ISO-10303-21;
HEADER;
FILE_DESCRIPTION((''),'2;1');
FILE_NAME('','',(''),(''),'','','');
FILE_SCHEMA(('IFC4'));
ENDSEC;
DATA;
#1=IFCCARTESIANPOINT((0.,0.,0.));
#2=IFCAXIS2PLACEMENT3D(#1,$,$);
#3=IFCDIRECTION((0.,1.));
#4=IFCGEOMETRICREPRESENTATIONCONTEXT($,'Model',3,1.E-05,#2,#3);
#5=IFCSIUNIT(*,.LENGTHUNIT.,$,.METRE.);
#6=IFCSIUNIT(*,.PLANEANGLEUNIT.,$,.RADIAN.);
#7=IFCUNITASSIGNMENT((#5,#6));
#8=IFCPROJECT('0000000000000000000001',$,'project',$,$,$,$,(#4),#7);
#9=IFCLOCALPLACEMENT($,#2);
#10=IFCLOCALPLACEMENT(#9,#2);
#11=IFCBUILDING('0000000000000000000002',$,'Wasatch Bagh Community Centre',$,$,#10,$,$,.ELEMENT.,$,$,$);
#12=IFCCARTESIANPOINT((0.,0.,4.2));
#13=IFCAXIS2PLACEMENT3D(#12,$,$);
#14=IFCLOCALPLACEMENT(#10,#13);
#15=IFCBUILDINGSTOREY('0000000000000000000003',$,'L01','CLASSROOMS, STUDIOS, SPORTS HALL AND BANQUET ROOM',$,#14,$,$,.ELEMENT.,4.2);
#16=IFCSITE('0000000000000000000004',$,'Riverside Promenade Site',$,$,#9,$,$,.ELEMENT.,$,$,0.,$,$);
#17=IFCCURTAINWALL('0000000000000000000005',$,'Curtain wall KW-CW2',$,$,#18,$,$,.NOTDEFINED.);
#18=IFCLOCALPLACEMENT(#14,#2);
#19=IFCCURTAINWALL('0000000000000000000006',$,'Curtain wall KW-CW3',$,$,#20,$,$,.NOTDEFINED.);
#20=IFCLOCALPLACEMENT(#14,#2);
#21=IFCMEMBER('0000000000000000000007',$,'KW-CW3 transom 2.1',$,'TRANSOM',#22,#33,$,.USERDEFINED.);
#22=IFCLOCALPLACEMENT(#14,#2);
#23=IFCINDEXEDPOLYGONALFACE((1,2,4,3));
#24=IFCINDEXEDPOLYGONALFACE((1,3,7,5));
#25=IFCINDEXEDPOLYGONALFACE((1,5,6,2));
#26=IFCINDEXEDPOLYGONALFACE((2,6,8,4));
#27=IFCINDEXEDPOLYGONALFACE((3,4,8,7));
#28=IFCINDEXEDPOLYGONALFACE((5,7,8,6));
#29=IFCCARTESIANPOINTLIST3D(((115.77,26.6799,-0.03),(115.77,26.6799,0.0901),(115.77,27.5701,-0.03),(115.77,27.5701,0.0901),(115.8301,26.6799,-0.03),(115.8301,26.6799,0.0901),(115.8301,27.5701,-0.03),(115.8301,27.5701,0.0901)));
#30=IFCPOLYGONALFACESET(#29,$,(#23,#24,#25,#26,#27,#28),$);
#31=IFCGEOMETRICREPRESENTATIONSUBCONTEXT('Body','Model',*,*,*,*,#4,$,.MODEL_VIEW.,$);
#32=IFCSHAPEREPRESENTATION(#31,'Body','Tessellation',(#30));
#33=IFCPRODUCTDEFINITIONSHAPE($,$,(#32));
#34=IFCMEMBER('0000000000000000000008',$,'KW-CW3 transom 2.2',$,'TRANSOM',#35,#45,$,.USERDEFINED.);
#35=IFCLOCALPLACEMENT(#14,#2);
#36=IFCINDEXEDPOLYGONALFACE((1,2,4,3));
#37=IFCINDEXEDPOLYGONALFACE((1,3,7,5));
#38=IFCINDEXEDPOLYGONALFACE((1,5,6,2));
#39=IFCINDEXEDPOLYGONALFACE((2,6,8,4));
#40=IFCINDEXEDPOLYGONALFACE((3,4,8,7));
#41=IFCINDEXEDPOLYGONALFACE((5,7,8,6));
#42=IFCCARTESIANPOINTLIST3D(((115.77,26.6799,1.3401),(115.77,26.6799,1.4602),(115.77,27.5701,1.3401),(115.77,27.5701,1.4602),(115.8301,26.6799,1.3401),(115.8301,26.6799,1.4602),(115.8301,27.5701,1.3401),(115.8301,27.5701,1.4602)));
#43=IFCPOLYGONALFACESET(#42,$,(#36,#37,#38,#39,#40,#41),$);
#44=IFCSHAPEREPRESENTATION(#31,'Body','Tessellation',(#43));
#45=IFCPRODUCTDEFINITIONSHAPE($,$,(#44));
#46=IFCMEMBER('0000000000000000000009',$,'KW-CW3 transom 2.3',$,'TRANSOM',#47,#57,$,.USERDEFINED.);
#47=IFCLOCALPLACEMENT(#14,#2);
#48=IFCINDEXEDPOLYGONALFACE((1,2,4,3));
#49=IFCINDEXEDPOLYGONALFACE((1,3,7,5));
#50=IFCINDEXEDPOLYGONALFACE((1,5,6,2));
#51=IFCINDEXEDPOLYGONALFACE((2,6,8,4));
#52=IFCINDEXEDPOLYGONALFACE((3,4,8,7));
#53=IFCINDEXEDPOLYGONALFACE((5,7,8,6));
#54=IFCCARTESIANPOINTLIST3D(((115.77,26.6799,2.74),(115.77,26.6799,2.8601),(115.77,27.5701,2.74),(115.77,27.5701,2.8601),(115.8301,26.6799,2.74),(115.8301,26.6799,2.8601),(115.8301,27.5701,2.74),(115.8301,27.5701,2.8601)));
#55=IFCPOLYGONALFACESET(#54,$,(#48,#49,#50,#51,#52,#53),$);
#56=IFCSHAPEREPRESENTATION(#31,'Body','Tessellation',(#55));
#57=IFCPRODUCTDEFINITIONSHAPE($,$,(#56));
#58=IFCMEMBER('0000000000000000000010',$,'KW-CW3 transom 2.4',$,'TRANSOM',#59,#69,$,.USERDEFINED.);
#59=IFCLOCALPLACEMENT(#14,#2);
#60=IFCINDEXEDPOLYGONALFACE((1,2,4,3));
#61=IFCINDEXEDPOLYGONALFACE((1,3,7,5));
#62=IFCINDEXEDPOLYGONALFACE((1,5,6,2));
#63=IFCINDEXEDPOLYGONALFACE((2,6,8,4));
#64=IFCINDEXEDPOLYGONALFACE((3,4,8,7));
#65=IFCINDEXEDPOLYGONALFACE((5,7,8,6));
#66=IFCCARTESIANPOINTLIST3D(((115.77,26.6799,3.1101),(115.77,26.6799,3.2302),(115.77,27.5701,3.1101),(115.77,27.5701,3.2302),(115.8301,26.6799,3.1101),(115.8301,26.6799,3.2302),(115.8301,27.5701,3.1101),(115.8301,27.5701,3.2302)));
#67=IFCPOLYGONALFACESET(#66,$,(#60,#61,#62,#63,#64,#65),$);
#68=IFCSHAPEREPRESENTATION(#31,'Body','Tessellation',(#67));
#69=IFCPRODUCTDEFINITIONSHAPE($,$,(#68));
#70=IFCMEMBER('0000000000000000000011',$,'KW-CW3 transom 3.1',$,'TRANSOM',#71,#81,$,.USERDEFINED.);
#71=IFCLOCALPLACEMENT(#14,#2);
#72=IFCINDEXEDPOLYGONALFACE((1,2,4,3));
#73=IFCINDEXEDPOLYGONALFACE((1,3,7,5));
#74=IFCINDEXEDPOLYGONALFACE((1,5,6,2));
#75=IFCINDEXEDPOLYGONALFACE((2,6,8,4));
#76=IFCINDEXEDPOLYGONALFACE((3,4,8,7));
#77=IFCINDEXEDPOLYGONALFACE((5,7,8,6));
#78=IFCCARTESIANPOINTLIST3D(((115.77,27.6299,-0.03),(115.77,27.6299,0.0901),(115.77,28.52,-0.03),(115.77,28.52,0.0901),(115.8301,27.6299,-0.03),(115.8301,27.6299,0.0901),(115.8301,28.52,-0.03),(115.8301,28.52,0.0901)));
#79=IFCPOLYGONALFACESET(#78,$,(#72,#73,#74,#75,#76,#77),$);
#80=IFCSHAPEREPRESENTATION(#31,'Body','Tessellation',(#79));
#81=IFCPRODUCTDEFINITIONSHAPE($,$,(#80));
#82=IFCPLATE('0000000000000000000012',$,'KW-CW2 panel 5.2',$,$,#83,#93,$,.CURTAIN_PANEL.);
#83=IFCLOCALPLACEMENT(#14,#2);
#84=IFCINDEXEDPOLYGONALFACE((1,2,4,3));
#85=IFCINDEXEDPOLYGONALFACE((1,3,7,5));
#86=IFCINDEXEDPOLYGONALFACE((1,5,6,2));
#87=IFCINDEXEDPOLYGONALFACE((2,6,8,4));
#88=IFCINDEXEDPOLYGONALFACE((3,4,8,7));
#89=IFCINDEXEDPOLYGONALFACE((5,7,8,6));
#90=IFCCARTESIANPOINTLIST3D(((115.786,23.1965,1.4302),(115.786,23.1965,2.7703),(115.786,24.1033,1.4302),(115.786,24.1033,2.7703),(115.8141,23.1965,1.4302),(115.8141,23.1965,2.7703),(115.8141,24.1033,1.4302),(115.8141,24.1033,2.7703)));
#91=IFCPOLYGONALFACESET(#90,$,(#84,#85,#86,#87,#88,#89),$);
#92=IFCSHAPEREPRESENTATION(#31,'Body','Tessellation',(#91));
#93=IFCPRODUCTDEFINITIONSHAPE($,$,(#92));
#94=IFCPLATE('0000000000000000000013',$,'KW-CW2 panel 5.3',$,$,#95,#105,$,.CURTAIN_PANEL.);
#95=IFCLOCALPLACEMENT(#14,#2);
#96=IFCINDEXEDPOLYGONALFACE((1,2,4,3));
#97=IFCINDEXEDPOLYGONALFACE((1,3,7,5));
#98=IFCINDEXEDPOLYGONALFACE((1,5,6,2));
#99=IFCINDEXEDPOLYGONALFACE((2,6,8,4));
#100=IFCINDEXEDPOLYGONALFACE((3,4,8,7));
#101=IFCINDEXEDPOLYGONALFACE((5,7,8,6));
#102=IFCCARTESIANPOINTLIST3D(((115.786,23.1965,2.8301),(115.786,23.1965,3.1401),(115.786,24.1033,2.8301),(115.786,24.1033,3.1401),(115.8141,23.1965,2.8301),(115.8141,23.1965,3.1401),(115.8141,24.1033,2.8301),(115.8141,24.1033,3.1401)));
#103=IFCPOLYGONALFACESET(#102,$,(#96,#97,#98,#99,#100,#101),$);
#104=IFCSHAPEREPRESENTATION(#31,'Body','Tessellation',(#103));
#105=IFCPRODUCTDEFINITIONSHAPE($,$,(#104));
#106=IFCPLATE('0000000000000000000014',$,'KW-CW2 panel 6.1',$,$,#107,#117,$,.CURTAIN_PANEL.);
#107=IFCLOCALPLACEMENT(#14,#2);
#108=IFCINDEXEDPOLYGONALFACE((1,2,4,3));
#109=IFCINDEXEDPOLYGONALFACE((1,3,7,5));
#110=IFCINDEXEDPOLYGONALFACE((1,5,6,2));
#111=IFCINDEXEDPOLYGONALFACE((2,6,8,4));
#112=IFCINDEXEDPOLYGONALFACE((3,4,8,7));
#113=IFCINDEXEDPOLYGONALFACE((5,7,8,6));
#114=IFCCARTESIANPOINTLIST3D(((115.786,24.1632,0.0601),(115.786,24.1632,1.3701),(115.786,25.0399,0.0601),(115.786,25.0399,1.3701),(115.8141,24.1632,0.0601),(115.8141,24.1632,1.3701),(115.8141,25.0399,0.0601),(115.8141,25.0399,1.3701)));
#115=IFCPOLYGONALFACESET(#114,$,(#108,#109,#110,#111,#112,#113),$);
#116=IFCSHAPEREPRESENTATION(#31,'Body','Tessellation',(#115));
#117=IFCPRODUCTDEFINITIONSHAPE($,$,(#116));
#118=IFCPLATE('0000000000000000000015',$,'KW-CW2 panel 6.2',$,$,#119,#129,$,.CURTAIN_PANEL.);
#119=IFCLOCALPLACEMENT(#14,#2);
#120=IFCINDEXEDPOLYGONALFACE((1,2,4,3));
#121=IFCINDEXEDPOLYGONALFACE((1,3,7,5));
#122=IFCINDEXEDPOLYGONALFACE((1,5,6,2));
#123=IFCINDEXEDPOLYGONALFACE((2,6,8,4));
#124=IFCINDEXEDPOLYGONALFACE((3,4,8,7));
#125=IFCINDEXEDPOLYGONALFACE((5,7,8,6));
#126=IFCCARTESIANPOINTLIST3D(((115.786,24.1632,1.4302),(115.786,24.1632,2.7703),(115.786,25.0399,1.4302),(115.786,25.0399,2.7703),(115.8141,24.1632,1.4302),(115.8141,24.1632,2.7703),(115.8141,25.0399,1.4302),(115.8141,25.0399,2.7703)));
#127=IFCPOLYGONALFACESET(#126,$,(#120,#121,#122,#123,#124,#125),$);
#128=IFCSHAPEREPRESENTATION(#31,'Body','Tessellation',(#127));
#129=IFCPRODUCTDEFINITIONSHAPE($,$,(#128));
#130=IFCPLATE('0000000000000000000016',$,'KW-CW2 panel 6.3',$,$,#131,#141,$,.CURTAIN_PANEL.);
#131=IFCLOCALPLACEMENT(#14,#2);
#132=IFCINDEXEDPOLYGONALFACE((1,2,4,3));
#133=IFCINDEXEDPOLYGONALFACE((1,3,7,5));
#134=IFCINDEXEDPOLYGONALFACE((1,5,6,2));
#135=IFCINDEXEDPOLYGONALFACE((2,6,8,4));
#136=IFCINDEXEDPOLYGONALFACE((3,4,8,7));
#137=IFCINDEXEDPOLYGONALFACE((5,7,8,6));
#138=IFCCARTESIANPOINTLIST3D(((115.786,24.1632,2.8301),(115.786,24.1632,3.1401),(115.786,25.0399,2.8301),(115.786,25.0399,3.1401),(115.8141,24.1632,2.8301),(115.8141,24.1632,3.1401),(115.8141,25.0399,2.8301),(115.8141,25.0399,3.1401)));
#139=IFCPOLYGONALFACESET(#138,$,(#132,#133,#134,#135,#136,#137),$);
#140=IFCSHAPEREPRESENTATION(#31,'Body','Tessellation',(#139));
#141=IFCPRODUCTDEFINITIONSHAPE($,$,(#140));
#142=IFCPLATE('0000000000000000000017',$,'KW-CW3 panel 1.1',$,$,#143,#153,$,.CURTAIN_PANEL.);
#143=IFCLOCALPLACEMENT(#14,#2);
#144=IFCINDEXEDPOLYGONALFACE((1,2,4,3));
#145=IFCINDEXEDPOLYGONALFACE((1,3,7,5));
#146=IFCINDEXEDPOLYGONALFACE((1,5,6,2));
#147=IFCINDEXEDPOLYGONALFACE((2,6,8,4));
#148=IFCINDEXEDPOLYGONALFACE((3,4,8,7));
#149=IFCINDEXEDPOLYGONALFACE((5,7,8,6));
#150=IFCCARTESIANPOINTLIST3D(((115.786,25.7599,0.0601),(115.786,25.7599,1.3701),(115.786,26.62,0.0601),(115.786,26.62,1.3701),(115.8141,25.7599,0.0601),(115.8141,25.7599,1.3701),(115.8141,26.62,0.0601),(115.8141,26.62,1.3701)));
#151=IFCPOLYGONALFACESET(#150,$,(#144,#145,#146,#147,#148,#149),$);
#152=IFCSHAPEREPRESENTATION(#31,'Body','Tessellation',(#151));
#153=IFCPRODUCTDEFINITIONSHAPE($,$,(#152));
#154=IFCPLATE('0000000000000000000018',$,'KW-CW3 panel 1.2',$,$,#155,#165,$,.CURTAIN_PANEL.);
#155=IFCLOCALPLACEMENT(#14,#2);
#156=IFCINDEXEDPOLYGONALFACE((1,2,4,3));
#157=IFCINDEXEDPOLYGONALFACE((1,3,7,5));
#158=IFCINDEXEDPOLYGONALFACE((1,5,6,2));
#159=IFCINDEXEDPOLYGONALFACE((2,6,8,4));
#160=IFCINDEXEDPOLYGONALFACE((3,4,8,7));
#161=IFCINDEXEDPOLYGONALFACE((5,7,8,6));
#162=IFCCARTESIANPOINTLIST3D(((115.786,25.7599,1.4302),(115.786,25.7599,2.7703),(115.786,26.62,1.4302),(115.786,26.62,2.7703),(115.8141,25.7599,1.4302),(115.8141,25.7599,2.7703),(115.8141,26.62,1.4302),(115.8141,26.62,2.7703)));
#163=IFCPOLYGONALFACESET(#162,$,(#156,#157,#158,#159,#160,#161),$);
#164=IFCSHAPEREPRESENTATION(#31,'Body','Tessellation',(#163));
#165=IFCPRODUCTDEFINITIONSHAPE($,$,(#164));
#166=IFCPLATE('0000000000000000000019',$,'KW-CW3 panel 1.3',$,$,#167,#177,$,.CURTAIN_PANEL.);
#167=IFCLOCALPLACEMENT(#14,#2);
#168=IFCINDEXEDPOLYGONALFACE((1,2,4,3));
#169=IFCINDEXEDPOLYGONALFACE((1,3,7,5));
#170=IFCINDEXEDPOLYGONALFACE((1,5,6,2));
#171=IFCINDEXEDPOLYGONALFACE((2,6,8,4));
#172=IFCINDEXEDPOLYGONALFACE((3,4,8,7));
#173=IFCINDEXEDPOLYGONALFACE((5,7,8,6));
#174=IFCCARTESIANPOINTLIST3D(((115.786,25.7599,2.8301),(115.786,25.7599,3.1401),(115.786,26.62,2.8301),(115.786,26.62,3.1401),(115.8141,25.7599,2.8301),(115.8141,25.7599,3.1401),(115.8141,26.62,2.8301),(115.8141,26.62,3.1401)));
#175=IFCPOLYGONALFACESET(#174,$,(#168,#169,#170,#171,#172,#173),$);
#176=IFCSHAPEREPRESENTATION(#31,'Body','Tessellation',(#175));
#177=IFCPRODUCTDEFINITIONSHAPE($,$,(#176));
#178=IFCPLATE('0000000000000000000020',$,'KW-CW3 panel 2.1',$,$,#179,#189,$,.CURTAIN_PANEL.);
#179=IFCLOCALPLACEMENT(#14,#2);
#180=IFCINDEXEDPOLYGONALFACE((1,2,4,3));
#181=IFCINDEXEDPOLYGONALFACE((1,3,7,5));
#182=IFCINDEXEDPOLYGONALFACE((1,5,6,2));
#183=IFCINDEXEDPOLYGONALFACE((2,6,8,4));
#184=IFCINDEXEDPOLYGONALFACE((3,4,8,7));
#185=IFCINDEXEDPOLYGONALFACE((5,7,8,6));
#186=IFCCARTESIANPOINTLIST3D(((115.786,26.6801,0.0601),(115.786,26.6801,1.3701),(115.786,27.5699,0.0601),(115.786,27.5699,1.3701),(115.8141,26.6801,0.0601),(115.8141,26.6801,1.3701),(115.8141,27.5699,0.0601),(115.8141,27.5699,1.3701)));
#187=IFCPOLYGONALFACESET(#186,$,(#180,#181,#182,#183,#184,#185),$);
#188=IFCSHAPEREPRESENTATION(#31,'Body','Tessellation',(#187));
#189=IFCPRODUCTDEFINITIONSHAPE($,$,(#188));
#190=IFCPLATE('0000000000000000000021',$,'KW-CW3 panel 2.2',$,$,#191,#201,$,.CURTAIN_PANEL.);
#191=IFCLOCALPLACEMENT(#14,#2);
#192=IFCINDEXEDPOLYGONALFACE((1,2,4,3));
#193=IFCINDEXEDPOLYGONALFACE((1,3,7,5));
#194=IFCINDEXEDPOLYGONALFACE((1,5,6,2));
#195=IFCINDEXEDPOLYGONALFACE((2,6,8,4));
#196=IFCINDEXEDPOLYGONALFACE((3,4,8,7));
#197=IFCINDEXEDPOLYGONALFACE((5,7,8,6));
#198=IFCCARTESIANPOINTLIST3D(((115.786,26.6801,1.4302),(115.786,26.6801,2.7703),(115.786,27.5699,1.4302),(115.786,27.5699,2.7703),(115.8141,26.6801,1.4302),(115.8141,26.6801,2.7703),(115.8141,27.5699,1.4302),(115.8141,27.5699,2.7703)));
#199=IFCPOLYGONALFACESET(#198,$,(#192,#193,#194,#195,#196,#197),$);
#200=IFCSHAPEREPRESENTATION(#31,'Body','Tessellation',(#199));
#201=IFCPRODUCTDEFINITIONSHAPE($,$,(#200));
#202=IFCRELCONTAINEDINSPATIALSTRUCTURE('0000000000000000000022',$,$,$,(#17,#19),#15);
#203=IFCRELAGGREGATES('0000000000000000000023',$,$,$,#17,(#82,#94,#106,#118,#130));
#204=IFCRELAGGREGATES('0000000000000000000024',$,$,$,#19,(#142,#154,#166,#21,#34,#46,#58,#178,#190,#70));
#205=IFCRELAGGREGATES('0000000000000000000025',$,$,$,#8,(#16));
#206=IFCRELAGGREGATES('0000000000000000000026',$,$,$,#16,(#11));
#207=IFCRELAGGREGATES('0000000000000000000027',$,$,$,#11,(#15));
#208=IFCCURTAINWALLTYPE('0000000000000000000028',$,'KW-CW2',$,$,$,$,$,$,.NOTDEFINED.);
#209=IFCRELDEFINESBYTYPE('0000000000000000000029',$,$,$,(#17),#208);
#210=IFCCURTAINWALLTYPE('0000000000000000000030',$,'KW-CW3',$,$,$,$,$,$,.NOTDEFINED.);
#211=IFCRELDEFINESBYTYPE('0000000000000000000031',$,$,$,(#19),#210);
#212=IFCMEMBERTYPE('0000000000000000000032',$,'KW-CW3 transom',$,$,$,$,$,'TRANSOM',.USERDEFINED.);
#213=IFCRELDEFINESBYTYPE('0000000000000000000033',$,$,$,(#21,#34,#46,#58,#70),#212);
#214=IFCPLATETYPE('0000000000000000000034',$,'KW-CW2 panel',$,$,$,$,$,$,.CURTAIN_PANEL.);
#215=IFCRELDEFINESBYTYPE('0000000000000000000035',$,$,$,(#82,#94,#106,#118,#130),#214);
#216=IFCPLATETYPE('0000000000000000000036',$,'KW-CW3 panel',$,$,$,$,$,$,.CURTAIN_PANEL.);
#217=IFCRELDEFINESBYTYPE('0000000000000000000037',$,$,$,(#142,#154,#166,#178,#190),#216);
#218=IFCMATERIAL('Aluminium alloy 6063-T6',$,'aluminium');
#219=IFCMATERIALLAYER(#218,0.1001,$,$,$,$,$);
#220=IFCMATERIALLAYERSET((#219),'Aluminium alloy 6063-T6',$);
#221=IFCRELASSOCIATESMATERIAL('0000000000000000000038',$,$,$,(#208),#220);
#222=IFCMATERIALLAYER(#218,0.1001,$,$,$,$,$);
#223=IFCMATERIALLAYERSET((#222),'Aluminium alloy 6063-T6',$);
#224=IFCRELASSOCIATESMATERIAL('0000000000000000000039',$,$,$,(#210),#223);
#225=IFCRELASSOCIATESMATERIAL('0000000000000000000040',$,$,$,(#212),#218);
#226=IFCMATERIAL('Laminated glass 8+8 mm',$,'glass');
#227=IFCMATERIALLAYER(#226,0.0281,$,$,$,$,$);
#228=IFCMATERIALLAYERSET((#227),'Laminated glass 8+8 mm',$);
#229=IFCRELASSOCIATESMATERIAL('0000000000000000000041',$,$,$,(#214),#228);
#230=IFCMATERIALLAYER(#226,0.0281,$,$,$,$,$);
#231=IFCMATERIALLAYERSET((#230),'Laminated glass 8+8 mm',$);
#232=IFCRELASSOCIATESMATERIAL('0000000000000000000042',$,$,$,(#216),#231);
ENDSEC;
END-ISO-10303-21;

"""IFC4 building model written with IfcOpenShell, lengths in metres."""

from ifc_helpers import new_model, si_unit, direction, frame, origin, origin_2d, place, context, subcontext, project, spatial, rectangle, extrude, material, layer, layer_set, material_profile, profile_set, type_object, element, aggregate, save


model = new_model("IFC4")

# Units and contexts
model_context = context("Model", 3, precision=1e-05, world=origin(), true_north=direction((0.0, 1.0)))
body_context = subcontext(model_context, "Body", "Model", "MODEL_VIEW")
ifc_project = project(units=[si_unit("LENGTHUNIT", "METRE"), si_unit("PLANEANGLEUNIT", "RADIAN")], contexts=[model_context])

# Site, building, storey
site_placement = place(None, origin())
site = spatial("IfcSite", under=ifc_project, at=site_placement, Name="Riverside Promenade Site", CompositionType="ELEMENT", RefElevation=0.0)
building_placement = place(site_placement, origin())
building = spatial("IfcBuilding", under=site, at=building_placement, Name="Wasatch Bagh Community Centre", CompositionType="ELEMENT")
storey_placement = place(building_placement, frame((0.0, 0.0, 4.2)))
storey = spatial("IfcBuildingStorey", under=building, at=storey_placement, Name="L01", Description="CLASSROOMS, STUDIOS, SPORTS HALL AND BANQUET ROOM", CompositionType="ELEMENT", Elevation=4.2)

# Curtain walls, members
ifc_material_1 = material(Name="Aluminium alloy 6063-T6", Category="aluminium")
ifc_layer_1 = layer(ifc_material_1, 0.1001)
ifc_layer_set_1 = layer_set([ifc_layer_1], Name="Aluminium alloy 6063-T6")
curtain_wall_type_1 = type_object("IfcCurtainWallType", Name="KW-CW2", PredefinedType="NOTDEFINED", material=ifc_layer_set_1)
curtain_wall_1_placement = place(storey_placement, origin())
curtain_wall_1 = element("IfcCurtainWall", 1, at=curtain_wall_1_placement, inside=storey, type_object=curtain_wall_type_1, Name="Curtain wall KW-CW2", PredefinedType="NOTDEFINED")
ifc_layer_2 = layer(ifc_material_1, 0.1001)
ifc_layer_set_2 = layer_set([ifc_layer_2], Name="Aluminium alloy 6063-T6")
curtain_wall_type_2 = type_object("IfcCurtainWallType", Name="KW-CW3", PredefinedType="NOTDEFINED", material=ifc_layer_set_2)
curtain_wall_2_placement = place(storey_placement, origin())
curtain_wall_2 = element("IfcCurtainWall", 2, at=curtain_wall_2_placement, inside=storey, type_object=curtain_wall_type_2, Name="Curtain wall KW-CW3", PredefinedType="NOTDEFINED")
ifc_material_profile_1 = material_profile(ifc_material_1, rectangle(XDim=0.0601, YDim=0.1201, at=origin_2d()), Name="AL 60x120")
ifc_profile_set_1 = profile_set([ifc_material_profile_1], Name="Aluminium alloy 6063-T6")
member_type_1 = type_object("IfcMemberType", Name="KW-CW3 transom", ElementType="TRANSOM", PredefinedType="USERDEFINED", material=ifc_profile_set_1)
member_1_placement = place(storey_placement, frame((115.8, 26.6799, 0.03), z_axis=(0.0, 1.0, 0.0), x_axis=(-1.0, 0.0, 0.0)))
member_1 = element("IfcMember", 3, at=member_1_placement, type_object=member_type_1, Name="KW-CW3 transom 2.1", ObjectType="TRANSOM", PredefinedType="USERDEFINED", context=body_context, shape_type="SweptSolid", body=[
    extrude(rectangle(XDim=0.0601, YDim=0.1201, at=origin_2d()), origin(), (0.0, 0.0, 1.0), 0.8901),
])
member_2_placement = place(storey_placement, frame((115.8, 26.6799, 1.4001), z_axis=(0.0, 1.0, 0.0), x_axis=(-1.0, 0.0, 0.0)))
member_2 = element("IfcMember", 4, at=member_2_placement, type_object=member_type_1, Name="KW-CW3 transom 2.2", ObjectType="TRANSOM", PredefinedType="USERDEFINED", context=body_context, shape_type="SweptSolid", body=[
    extrude(rectangle(XDim=0.0601, YDim=0.1201, at=origin_2d()), origin(), (0.0, 0.0, 1.0), 0.8901),
])
member_3_placement = place(storey_placement, frame((115.8, 26.6799, 2.8), z_axis=(0.0, 1.0, 0.0), x_axis=(-1.0, 0.0, 0.0)))
member_3 = element("IfcMember", 5, at=member_3_placement, type_object=member_type_1, Name="KW-CW3 transom 2.3", ObjectType="TRANSOM", PredefinedType="USERDEFINED", context=body_context, shape_type="SweptSolid", body=[
    extrude(rectangle(XDim=0.0601, YDim=0.1201, at=origin_2d()), origin(), (0.0, 0.0, 1.0), 0.8901),
])
member_4_placement = place(storey_placement, frame((115.8, 26.6799, 3.1702), z_axis=(0.0, 1.0, 0.0), x_axis=(-1.0, 0.0, 0.0)))
member_4 = element("IfcMember", 6, at=member_4_placement, type_object=member_type_1, Name="KW-CW3 transom 2.4", ObjectType="TRANSOM", PredefinedType="USERDEFINED", context=body_context, shape_type="SweptSolid", body=[
    extrude(rectangle(XDim=0.0601, YDim=0.1201, at=origin_2d()), origin(), (0.0, 0.0, 1.0), 0.8901),
])
member_5_placement = place(storey_placement, frame((115.8, 27.6299, 0.03), z_axis=(0.0, 1.0, 0.0), x_axis=(-1.0, 0.0, 0.0)))
member_5 = element("IfcMember", 7, at=member_5_placement, type_object=member_type_1, Name="KW-CW3 transom 3.1", ObjectType="TRANSOM", PredefinedType="USERDEFINED", context=body_context, shape_type="SweptSolid", body=[
    extrude(rectangle(XDim=0.0601, YDim=0.1201, at=origin_2d()), origin(), (0.0, 0.0, 1.0), 0.8901),
])

# Plates
ifc_material_2 = material(Name="Laminated glass 8+8 mm", Category="glass")
ifc_layer_3 = layer(ifc_material_2, 0.0281)
ifc_layer_set_3 = layer_set([ifc_layer_3], Name="Laminated glass 8+8 mm")
plate_type_1 = type_object("IfcPlateType", Name="KW-CW2 panel", PredefinedType="CURTAIN_PANEL", material=ifc_layer_set_3)
plate_1_placement = place(storey_placement, frame((115.8, 23.6499, 1.4302), z_axis=(0.0, 0.0, 1.0), x_axis=(0.0, 1.0, 0.0)))
plate_1 = element("IfcPlate", 8, at=plate_1_placement, type_object=plate_type_1, Name="KW-CW2 panel 5.2", PredefinedType="CURTAIN_PANEL", context=body_context, shape_type="SweptSolid", body=[
    extrude(rectangle(XDim=0.9067, YDim=0.0281, at=origin_2d()), origin(), (0.0, 0.0, 1.0), 1.3401),
])
plate_2_placement = place(storey_placement, frame((115.8, 23.6499, 2.8301), z_axis=(0.0, 0.0, 1.0), x_axis=(0.0, 1.0, 0.0)))
plate_2 = element("IfcPlate", 9, at=plate_2_placement, type_object=plate_type_1, Name="KW-CW2 panel 5.3", PredefinedType="CURTAIN_PANEL", context=body_context, shape_type="SweptSolid", body=[
    extrude(rectangle(XDim=0.9067, YDim=0.0281, at=origin_2d()), origin(), (0.0, 0.0, 1.0), 0.3101),
])
plate_3_placement = place(storey_placement, frame((115.8, 24.6016, 0.0601), z_axis=(0.0, 0.0, 1.0), x_axis=(0.0, 1.0, 0.0)))
plate_3 = element("IfcPlate", 10, at=plate_3_placement, type_object=plate_type_1, Name="KW-CW2 panel 6.1", PredefinedType="CURTAIN_PANEL", context=body_context, shape_type="SweptSolid", body=[
    extrude(rectangle(XDim=0.8767, YDim=0.0281, at=origin_2d()), origin(), (0.0, 0.0, 1.0), 1.3101),
])
plate_4_placement = place(storey_placement, frame((115.8, 24.6016, 1.4302), z_axis=(0.0, 0.0, 1.0), x_axis=(0.0, 1.0, 0.0)))
plate_4 = element("IfcPlate", 11, at=plate_4_placement, type_object=plate_type_1, Name="KW-CW2 panel 6.2", PredefinedType="CURTAIN_PANEL", context=body_context, shape_type="SweptSolid", body=[
    extrude(rectangle(XDim=0.8767, YDim=0.0281, at=origin_2d()), origin(), (0.0, 0.0, 1.0), 1.3401),
])
plate_5_placement = place(storey_placement, frame((115.8, 24.6016, 2.8301), z_axis=(0.0, 0.0, 1.0), x_axis=(0.0, 1.0, 0.0)))
plate_5 = element("IfcPlate", 12, at=plate_5_placement, type_object=plate_type_1, Name="KW-CW2 panel 6.3", PredefinedType="CURTAIN_PANEL", context=body_context, shape_type="SweptSolid", body=[
    extrude(rectangle(XDim=0.8767, YDim=0.0281, at=origin_2d()), origin(), (0.0, 0.0, 1.0), 0.3101),
])
aggregate(curtain_wall_1, [plate_1, plate_2, plate_3, plate_4, plate_5])
ifc_layer_4 = layer(ifc_material_2, 0.0281)
ifc_layer_set_4 = layer_set([ifc_layer_4], Name="Laminated glass 8+8 mm")
plate_type_2 = type_object("IfcPlateType", Name="KW-CW3 panel", PredefinedType="CURTAIN_PANEL", material=ifc_layer_set_4)
plate_6_placement = place(storey_placement, frame((115.8, 26.1899, 0.0601), z_axis=(0.0, 0.0, 1.0), x_axis=(0.0, 1.0, 0.0)))
plate_6 = element("IfcPlate", 13, at=plate_6_placement, type_object=plate_type_2, Name="KW-CW3 panel 1.1", PredefinedType="CURTAIN_PANEL", context=body_context, shape_type="SweptSolid", body=[
    extrude(rectangle(XDim=0.8601, YDim=0.0281, at=origin_2d()), origin(), (0.0, 0.0, 1.0), 1.3101),
])
plate_7_placement = place(storey_placement, frame((115.8, 26.1899, 1.4302), z_axis=(0.0, 0.0, 1.0), x_axis=(0.0, 1.0, 0.0)))
plate_7 = element("IfcPlate", 14, at=plate_7_placement, type_object=plate_type_2, Name="KW-CW3 panel 1.2", PredefinedType="CURTAIN_PANEL", context=body_context, shape_type="SweptSolid", body=[
    extrude(rectangle(XDim=0.8601, YDim=0.0281, at=origin_2d()), origin(), (0.0, 0.0, 1.0), 1.3401),
])
plate_8_placement = place(storey_placement, frame((115.8, 26.1899, 2.8301), z_axis=(0.0, 0.0, 1.0), x_axis=(0.0, 1.0, 0.0)))
plate_8 = element("IfcPlate", 15, at=plate_8_placement, type_object=plate_type_2, Name="KW-CW3 panel 1.3", PredefinedType="CURTAIN_PANEL", context=body_context, shape_type="SweptSolid", body=[
    extrude(rectangle(XDim=0.8601, YDim=0.0281, at=origin_2d()), origin(), (0.0, 0.0, 1.0), 0.3101),
])
plate_9_placement = place(storey_placement, frame((115.8, 27.125, 0.0601), z_axis=(0.0, 0.0, 1.0), x_axis=(0.0, 1.0, 0.0)))
plate_9 = element("IfcPlate", 16, at=plate_9_placement, type_object=plate_type_2, Name="KW-CW3 panel 2.1", PredefinedType="CURTAIN_PANEL", context=body_context, shape_type="SweptSolid", body=[
    extrude(rectangle(XDim=0.8899, YDim=0.0281, at=origin_2d()), origin(), (0.0, 0.0, 1.0), 1.3101),
])
plate_10_placement = place(storey_placement, frame((115.8, 27.125, 1.4302), z_axis=(0.0, 0.0, 1.0), x_axis=(0.0, 1.0, 0.0)))
plate_10 = element("IfcPlate", 17, at=plate_10_placement, type_object=plate_type_2, Name="KW-CW3 panel 2.2", PredefinedType="CURTAIN_PANEL", context=body_context, shape_type="SweptSolid", body=[
    extrude(rectangle(XDim=0.8899, YDim=0.0281, at=origin_2d()), origin(), (0.0, 0.0, 1.0), 1.3401),
])
aggregate(curtain_wall_2, [plate_6, plate_7, plate_8, member_1, member_2, member_3, member_4, plate_9, plate_10, member_5])

save(model, "model.ifc")
